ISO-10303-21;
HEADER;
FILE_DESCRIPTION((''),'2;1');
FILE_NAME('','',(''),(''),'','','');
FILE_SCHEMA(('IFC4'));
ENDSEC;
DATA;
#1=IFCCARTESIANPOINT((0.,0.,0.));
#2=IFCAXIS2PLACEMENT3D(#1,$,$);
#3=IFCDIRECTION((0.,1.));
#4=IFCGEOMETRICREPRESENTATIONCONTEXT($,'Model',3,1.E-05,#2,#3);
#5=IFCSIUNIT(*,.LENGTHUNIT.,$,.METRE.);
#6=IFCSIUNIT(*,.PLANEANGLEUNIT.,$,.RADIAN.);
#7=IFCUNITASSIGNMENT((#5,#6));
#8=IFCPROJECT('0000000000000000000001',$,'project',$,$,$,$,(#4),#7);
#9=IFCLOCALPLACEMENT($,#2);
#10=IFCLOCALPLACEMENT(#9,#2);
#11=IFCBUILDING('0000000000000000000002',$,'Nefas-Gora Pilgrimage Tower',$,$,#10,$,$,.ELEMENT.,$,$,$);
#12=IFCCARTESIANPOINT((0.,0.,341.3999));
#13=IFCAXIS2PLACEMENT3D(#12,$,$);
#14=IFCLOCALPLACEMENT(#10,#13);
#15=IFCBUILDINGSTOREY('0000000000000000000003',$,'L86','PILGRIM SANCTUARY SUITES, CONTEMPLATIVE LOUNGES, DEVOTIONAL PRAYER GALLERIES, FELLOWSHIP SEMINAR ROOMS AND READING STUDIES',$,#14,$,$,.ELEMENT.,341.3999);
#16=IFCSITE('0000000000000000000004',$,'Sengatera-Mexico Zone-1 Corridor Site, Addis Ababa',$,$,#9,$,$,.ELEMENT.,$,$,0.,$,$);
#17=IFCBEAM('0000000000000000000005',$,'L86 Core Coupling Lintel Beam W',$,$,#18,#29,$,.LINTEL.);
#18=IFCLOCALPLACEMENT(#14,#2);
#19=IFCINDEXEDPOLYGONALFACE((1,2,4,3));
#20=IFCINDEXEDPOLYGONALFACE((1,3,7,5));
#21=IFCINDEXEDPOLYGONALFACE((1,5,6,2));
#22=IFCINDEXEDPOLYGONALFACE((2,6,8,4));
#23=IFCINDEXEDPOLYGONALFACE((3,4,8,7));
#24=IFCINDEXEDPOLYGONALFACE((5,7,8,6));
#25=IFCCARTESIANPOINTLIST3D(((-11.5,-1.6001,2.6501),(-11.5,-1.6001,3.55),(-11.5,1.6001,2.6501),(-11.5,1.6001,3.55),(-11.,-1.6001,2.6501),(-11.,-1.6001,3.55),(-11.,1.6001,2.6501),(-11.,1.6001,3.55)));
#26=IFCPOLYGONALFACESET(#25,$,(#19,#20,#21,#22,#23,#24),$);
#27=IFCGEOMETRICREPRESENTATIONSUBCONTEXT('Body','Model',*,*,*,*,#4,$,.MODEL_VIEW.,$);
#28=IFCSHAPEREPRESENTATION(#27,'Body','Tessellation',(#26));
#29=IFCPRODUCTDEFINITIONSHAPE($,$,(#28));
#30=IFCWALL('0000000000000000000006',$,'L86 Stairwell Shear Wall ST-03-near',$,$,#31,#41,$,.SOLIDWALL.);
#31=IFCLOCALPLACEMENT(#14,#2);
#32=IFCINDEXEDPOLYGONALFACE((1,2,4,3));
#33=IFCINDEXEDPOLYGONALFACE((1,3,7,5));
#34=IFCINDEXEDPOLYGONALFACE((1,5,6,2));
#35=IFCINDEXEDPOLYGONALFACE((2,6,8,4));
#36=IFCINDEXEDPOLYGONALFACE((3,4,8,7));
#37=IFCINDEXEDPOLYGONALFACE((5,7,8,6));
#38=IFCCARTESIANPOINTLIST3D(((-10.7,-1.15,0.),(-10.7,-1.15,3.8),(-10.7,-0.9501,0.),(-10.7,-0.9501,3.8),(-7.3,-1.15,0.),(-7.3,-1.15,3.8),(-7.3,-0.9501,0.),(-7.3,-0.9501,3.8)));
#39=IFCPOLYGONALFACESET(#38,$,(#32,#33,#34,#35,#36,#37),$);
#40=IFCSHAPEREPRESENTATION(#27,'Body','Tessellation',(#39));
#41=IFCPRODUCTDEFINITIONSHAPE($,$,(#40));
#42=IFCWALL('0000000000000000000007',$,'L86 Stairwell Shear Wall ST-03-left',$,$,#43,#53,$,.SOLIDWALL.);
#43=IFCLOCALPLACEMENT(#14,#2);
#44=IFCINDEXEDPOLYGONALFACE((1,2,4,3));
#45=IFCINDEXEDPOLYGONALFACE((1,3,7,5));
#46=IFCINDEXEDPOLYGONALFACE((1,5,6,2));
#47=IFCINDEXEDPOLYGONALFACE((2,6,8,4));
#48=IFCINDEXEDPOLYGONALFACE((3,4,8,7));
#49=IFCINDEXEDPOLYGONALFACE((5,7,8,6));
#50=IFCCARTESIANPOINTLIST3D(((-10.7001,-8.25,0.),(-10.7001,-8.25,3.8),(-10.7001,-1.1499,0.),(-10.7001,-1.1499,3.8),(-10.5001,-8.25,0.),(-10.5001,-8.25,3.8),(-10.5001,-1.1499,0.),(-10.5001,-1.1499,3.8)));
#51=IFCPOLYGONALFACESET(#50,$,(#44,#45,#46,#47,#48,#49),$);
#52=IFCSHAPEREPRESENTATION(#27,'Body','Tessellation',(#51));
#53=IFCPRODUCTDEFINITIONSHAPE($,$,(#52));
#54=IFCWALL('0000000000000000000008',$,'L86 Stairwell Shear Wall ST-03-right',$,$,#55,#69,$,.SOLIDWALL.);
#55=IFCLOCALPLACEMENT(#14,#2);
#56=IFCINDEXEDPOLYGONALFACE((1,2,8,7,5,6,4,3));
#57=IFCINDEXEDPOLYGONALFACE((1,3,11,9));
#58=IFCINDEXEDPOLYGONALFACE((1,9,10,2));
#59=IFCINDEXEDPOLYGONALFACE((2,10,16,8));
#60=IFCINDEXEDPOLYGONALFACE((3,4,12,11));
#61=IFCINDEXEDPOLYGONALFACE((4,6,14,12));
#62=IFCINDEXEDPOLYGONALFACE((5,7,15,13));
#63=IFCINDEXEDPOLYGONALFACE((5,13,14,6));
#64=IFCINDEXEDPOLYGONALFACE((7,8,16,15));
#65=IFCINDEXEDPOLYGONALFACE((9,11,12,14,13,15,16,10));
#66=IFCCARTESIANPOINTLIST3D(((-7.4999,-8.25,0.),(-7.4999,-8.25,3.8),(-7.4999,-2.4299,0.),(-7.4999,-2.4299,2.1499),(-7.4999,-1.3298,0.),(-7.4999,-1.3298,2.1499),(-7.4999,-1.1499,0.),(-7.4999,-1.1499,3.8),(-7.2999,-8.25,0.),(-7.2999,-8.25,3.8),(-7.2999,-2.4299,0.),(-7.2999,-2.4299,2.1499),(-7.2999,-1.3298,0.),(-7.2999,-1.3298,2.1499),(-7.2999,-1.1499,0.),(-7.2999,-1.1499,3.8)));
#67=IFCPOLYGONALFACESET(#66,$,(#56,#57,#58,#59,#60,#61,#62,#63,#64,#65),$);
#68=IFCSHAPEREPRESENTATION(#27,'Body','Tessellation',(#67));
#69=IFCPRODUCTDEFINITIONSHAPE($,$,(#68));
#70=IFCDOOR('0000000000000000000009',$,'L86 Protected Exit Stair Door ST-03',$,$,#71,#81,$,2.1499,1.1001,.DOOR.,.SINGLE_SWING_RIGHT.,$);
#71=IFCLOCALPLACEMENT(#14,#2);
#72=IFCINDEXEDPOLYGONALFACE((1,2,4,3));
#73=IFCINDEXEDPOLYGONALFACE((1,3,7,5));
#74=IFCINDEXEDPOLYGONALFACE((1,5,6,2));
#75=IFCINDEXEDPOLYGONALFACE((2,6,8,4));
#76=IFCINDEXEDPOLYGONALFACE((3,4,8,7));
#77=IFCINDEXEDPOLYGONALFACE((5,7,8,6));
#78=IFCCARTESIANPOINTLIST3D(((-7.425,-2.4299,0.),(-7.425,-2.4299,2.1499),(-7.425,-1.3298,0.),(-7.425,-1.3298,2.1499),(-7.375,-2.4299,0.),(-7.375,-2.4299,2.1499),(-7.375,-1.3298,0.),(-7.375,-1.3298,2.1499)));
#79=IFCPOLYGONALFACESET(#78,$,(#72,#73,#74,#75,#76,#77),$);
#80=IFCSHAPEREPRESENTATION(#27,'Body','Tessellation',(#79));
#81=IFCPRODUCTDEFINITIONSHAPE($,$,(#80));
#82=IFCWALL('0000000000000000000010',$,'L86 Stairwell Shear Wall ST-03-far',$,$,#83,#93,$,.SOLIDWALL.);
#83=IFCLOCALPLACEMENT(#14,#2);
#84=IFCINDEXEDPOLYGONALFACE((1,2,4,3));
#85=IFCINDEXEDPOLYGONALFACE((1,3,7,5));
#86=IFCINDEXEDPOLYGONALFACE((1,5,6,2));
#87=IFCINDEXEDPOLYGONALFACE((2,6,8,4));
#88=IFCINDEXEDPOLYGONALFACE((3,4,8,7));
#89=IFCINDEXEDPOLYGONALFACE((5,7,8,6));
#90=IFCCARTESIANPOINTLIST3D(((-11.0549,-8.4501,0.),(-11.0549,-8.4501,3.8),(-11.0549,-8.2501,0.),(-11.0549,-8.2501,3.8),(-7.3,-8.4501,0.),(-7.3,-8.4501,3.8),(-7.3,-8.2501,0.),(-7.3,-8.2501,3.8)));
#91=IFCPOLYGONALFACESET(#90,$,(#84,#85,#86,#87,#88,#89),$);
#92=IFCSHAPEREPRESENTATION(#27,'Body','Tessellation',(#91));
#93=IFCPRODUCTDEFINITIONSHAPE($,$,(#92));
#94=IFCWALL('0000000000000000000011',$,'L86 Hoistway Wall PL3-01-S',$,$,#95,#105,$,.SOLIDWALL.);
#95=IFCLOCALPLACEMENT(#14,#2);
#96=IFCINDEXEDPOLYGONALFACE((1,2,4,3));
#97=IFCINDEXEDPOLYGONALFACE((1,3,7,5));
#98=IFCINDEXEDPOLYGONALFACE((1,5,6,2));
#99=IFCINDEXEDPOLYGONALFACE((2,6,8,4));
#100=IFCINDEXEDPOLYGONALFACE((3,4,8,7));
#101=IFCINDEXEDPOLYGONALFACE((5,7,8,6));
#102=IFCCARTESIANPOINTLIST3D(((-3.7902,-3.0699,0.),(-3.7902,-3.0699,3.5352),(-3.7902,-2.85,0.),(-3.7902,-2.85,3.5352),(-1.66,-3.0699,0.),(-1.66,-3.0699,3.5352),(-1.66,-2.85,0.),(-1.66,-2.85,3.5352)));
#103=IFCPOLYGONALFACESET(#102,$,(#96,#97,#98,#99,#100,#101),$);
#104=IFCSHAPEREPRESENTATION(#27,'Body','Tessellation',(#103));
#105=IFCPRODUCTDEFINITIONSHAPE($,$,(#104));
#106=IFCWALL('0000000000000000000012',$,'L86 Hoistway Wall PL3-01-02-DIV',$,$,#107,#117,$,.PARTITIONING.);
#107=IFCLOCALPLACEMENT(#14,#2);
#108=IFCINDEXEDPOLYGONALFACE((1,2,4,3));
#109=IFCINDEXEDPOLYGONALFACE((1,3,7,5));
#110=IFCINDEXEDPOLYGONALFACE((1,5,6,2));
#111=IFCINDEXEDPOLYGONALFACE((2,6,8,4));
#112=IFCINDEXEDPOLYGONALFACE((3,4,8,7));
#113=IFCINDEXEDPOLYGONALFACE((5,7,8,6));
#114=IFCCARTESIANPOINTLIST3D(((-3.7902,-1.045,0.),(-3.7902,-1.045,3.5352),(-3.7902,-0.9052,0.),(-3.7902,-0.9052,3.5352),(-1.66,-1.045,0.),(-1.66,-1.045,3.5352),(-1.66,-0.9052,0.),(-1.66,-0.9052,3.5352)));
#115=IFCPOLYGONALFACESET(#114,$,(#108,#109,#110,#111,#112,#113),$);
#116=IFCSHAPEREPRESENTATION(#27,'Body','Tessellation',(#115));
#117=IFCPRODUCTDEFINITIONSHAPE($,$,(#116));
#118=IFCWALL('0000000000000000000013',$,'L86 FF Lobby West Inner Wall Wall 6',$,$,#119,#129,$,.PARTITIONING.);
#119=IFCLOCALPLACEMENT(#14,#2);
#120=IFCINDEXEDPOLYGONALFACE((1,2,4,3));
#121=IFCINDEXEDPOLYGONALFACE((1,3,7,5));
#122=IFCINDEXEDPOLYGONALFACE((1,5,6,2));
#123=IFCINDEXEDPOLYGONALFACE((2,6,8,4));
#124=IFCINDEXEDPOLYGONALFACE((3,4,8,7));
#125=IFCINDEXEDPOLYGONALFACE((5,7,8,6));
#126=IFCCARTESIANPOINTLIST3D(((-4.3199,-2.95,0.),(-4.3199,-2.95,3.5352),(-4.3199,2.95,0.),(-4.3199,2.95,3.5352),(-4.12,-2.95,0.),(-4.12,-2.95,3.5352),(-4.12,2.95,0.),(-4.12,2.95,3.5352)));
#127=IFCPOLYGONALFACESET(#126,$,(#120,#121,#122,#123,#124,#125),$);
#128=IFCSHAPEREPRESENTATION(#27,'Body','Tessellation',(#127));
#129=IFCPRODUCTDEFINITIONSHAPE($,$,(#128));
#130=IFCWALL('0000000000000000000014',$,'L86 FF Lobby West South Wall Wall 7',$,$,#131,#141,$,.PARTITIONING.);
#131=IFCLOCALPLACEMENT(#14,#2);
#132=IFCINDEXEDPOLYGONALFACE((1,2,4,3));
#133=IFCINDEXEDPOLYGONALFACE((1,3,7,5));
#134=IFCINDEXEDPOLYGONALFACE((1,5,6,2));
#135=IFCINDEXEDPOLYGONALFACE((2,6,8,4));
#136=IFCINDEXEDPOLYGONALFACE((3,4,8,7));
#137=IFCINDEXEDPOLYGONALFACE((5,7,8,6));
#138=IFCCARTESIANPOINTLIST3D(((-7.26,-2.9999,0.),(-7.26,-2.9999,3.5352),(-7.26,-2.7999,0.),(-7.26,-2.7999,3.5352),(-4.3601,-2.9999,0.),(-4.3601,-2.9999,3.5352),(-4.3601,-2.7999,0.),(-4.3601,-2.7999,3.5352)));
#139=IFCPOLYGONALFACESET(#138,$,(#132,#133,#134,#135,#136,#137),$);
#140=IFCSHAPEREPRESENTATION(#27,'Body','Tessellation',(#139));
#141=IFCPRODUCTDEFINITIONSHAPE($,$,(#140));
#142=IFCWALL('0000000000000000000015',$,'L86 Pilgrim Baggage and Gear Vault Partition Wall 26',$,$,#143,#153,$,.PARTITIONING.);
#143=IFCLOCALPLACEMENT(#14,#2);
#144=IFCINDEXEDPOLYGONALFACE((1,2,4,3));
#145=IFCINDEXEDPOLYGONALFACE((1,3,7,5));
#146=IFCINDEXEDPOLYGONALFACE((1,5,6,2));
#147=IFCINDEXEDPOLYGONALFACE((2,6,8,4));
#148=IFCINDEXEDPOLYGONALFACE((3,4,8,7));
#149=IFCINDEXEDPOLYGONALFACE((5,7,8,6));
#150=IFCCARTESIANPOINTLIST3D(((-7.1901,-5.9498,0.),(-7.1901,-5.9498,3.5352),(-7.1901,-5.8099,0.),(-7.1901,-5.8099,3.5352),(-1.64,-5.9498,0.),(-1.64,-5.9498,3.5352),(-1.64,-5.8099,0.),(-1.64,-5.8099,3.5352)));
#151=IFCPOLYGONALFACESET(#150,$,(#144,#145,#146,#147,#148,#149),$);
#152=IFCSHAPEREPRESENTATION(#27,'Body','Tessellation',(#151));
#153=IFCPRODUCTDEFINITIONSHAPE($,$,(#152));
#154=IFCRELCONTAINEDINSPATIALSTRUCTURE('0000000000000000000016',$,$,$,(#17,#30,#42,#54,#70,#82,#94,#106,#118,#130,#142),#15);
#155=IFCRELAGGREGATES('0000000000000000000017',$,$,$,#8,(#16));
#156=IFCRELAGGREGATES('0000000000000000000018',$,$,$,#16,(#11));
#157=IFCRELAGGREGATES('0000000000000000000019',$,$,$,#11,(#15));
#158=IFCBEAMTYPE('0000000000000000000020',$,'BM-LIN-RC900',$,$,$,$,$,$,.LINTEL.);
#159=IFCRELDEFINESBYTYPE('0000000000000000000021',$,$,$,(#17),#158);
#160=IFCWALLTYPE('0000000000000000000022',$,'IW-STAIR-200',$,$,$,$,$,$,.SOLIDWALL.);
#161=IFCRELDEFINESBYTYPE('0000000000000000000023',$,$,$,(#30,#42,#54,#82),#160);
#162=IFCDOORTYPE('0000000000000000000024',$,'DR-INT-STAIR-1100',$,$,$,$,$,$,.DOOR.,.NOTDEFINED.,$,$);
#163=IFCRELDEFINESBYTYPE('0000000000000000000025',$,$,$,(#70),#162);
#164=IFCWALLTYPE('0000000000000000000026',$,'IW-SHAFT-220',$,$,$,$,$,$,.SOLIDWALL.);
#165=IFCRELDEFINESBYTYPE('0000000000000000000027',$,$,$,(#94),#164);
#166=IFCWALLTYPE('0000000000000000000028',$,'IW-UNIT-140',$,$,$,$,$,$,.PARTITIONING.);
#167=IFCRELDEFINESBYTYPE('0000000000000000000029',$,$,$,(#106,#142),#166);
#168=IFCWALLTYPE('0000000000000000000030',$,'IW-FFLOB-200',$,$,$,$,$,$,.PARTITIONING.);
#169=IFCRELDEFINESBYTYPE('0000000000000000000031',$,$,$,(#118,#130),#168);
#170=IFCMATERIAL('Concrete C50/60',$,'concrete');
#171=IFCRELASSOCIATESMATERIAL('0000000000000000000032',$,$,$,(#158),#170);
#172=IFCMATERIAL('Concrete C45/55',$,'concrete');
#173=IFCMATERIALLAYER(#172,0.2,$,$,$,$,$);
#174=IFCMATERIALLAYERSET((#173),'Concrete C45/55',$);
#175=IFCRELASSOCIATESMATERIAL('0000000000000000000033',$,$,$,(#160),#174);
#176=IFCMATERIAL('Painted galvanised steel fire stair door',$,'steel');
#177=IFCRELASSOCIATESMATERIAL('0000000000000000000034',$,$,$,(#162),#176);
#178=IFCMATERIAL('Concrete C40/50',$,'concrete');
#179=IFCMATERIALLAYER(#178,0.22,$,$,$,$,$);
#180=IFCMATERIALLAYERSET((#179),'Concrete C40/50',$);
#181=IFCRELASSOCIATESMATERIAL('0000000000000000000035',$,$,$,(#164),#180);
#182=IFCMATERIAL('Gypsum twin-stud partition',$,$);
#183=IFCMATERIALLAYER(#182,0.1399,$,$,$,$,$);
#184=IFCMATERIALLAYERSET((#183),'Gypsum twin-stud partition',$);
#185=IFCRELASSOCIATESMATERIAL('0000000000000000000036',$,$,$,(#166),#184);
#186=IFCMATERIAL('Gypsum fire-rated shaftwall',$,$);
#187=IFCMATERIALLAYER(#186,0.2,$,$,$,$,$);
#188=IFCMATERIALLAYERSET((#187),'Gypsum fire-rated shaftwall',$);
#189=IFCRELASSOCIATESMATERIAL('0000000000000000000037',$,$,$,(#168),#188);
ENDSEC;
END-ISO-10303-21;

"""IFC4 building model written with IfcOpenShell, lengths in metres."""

from ifc_helpers import new_model, si_unit, direction, frame, frame_2d, origin, origin_2d, place, context, subcontext, project, spatial, rectangle, extrude, source, transform, mapped, material, layer, layer_set, material_profile, profile_set, type_object, element, fill, save


model = new_model("IFC4")

# Units and contexts
model_context = context("Model", 3, precision=1e-05, world=origin(), true_north=direction((0.0, 1.0)))
body_context = subcontext(model_context, "Body", "Model", "MODEL_VIEW")
ifc_project = project(units=[si_unit("LENGTHUNIT", "METRE"), si_unit("PLANEANGLEUNIT", "RADIAN")], contexts=[model_context])

# Site, building, storey
site_placement = place(None, origin())
site = spatial("IfcSite", under=ifc_project, at=site_placement, Name="Sengatera-Mexico Zone-1 Corridor Site, Addis Ababa", CompositionType="ELEMENT", RefElevation=0.0)
building_placement = place(site_placement, origin())
building = spatial("IfcBuilding", under=site, at=building_placement, Name="Nefas-Gora Pilgrimage Tower", CompositionType="ELEMENT")
storey_placement = place(building_placement, frame((0.0, 0.0, 341.3999)))
storey = spatial("IfcBuildingStorey", under=building, at=storey_placement, Name="L86", Description="PILGRIM SANCTUARY SUITES, CONTEMPLATIVE LOUNGES, DEVOTIONAL PRAYER GALLERIES, FELLOWSHIP SEMINAR ROOMS AND READING STUDIES", CompositionType="ELEMENT", Elevation=341.3999)

# Beam
ifc_material_1 = material(Name="Concrete C50/60", Category="concrete")
ifc_material_profile = material_profile(ifc_material_1, rectangle(XDim=0.5, YDim=0.8999, at=origin_2d()), Name="RC 500x900")
ifc_profile_set = profile_set([ifc_material_profile], Name="Concrete C50/60")
beam_type = type_object("IfcBeamType", Name="BM-LIN-RC900", PredefinedType="LINTEL", material=ifc_profile_set)
shared_shape_1 = source(origin(), body_context, "Body", "SweptSolid", [
    extrude(rectangle(XDim=0.5, YDim=0.8999, at=origin_2d()), origin(), (0.0, 0.0, 1.0), 3.2002),
])
beam_placement = place(storey_placement, frame((-11.25, -1.6001, 3.1001), z_axis=(0.0, 1.0, 0.0), x_axis=(-1.0, 0.0, 0.0)))
element("IfcBeam", 1, at=beam_placement, inside=storey, type_object=beam_type, Name="L86 Core Coupling Lintel Beam W", PredefinedType="LINTEL", context=body_context, shape_type="MappedRepresentation", body=[
    mapped(shared_shape_1, transform((0.0, 0.0, 0.0), x_axis=(1.0, 0.0, 0.0), y_axis=(0.0, 1.0, 0.0), z_axis=(0.0, 0.0, 1.0), scale=1.0)),
])

# Walls
ifc_material_2 = material(Name="Concrete C45/55", Category="concrete")
ifc_layer_1 = layer(ifc_material_2, 0.2)
ifc_layer_set_1 = layer_set([ifc_layer_1], Name="Concrete C45/55")
wall_type_1 = type_object("IfcWallType", Name="IW-STAIR-200", PredefinedType="SOLIDWALL", material=ifc_layer_set_1)
shared_shape_2 = source(origin(), body_context, "Body", "SweptSolid", [
    extrude(rectangle(XDim=3.3999, YDim=0.2, at=frame_2d((1.7, 0.0))), origin(), (0.0, 0.0, 1.0), 3.8),
])
wall_1_placement = place(storey_placement, frame((-10.7, -1.05, 0.0), z_axis=(0.0, 0.0, 1.0), x_axis=(1.0, 0.0, 0.0)))
element("IfcWall", 2, at=wall_1_placement, inside=storey, type_object=wall_type_1, Name="L86 Stairwell Shear Wall ST-03-near", PredefinedType="SOLIDWALL", context=body_context, shape_type="MappedRepresentation", body=[
    mapped(shared_shape_2, transform((0.0, 0.0, 0.0), x_axis=(1.0, 0.0, 0.0), y_axis=(0.0, 1.0, 0.0), z_axis=(0.0, 0.0, 1.0), scale=1.0)),
])
shared_shape_3 = source(origin(), body_context, "Body", "SweptSolid", [
    extrude(rectangle(XDim=7.1001, YDim=0.2, at=frame_2d((3.55, 0.0))), origin(), (0.0, 0.0, 1.0), 3.8),
])
wall_2_placement = place(storey_placement, frame((-10.6001, -1.1499, 0.0), z_axis=(0.0, 0.0, 1.0), x_axis=(0.0, -1.0, 0.0)))
element("IfcWall", 3, at=wall_2_placement, inside=storey, type_object=wall_type_1, Name="L86 Stairwell Shear Wall ST-03-left", PredefinedType="SOLIDWALL", context=body_context, shape_type="MappedRepresentation", body=[
    mapped(shared_shape_3, transform((0.0, 0.0, 0.0), x_axis=(1.0, 0.0, 0.0), y_axis=(0.0, 1.0, 0.0), z_axis=(0.0, 0.0, 1.0), scale=1.0)),
])

# Wall, opening, door
wall_3_placement = place(storey_placement, frame((-7.3999, -1.1499, 0.0), z_axis=(0.0, 0.0, 1.0), x_axis=(0.0, -1.0, 0.0)))
wall_3 = element("IfcWall", 4, at=wall_3_placement, inside=storey, type_object=wall_type_1, Name="L86 Stairwell Shear Wall ST-03-right", PredefinedType="SOLIDWALL", context=body_context, shape_type="MappedRepresentation", body=[
    mapped(shared_shape_3, transform((0.0, 0.0, 0.0), x_axis=(1.0, 0.0, 0.0), y_axis=(0.0, 1.0, 0.0), z_axis=(0.0, 0.0, 1.0), scale=1.0)),
])
opening_placement = place(wall_3_placement, frame((0.1799, 0.0, 0.0)))
opening = element("IfcOpeningElement", 5, at=opening_placement, cuts=wall_3, PredefinedType="OPENING", context=body_context, shape_type="SweptSolid", body=[
    extrude(rectangle(XDim=1.1001, YDim=2.1499, at=frame_2d((0.55, 1.075))), frame((0.0, 0.1099, 0.0), z_axis=(0.0, -1.0, 0.0), x_axis=(1.0, 0.0, 0.0)), (0.0, 0.0, 1.0), 0.22),
])
ifc_material_3 = material(Name="Painted galvanised steel fire stair door", Category="steel")
door_type = type_object("IfcDoorType", Name="DR-INT-STAIR-1100", OperationType="NOTDEFINED", PredefinedType="DOOR", material=ifc_material_3)
shared_shape_4 = source(origin(), body_context, "Body", "SweptSolid", [
    extrude(rectangle(XDim=1.1001, YDim=2.1499, at=frame_2d((0.55, 1.075))), frame((0.0, 0.0249, 0.0), z_axis=(0.0, -1.0, 0.0), x_axis=(1.0, 0.0, 0.0)), (0.0, 0.0, 1.0), 0.05),
])
door_placement = place(opening_placement, origin())
door = element("IfcDoor", 6, at=door_placement, inside=storey, type_object=door_type, Name="L86 Protected Exit Stair Door ST-03", OperationType="SINGLE_SWING_RIGHT", OverallHeight=2.1499, OverallWidth=1.1001, PredefinedType="DOOR", context=body_context, shape_type="MappedRepresentation", body=[
    mapped(shared_shape_4, transform((0.0, 0.0, 0.0), x_axis=(1.0, 0.0, 0.0), y_axis=(0.0, 1.0, 0.0), z_axis=(0.0, 0.0, 1.0), scale=1.0)),
])
fill(opening, door)

# Walls
shared_shape_5 = source(origin(), body_context, "Body", "SweptSolid", [
    extrude(rectangle(XDim=3.7549, YDim=0.2, at=frame_2d((1.8774, 0.0))), origin(), (0.0, 0.0, 1.0), 3.8),
])
wall_4_placement = place(storey_placement, frame((-11.0549, -8.3501, 0.0), z_axis=(0.0, 0.0, 1.0), x_axis=(1.0, 0.0, 0.0)))
element("IfcWall", 7, at=wall_4_placement, inside=storey, type_object=wall_type_1, Name="L86 Stairwell Shear Wall ST-03-far", PredefinedType="SOLIDWALL", context=body_context, shape_type="MappedRepresentation", body=[
    mapped(shared_shape_5, transform((0.0, 0.0, 0.0), x_axis=(1.0, 0.0, 0.0), y_axis=(0.0, 1.0, 0.0), z_axis=(0.0, 0.0, 1.0), scale=1.0)),
])
ifc_material_4 = material(Name="Concrete C40/50", Category="concrete")
ifc_layer_2 = layer(ifc_material_4, 0.22)
ifc_layer_set_2 = layer_set([ifc_layer_2], Name="Concrete C40/50")
wall_type_2 = type_object("IfcWallType", Name="IW-SHAFT-220", PredefinedType="SOLIDWALL", material=ifc_layer_set_2)
shared_shape_6 = source(origin(), body_context, "Body", "SweptSolid", [
    extrude(rectangle(XDim=2.1301, YDim=0.22, at=frame_2d((1.0649, 0.0))), origin(), (0.0, 0.0, 1.0), 3.5352),
])
wall_5_placement = place(storey_placement, frame((-3.79, -2.96, 0.0), z_axis=(0.0, 0.0, 1.0), x_axis=(1.0, 0.0, 0.0)))
element("IfcWall", 8, at=wall_5_placement, inside=storey, type_object=wall_type_2, Name="L86 Hoistway Wall PL3-01-S", PredefinedType="SOLIDWALL", context=body_context, shape_type="MappedRepresentation", body=[
    mapped(shared_shape_6, transform((0.0, 0.0, 0.0), x_axis=(1.0, 0.0, 0.0), y_axis=(0.0, 1.0, 0.0), z_axis=(0.0, 0.0, 1.0), scale=1.0)),
])
ifc_material_5 = material(Name="Gypsum twin-stud partition")
ifc_layer_3 = layer(ifc_material_5, 0.1399)
ifc_layer_set_3 = layer_set([ifc_layer_3], Name="Gypsum twin-stud partition")
wall_type_3 = type_object("IfcWallType", Name="IW-UNIT-140", PredefinedType="PARTITIONING", material=ifc_layer_set_3)
shared_shape_7 = source(origin(), body_context, "Body", "SweptSolid", [
    extrude(rectangle(XDim=2.1301, YDim=0.1399, at=frame_2d((1.0649, 0.0))), origin(), (0.0, 0.0, 1.0), 3.5352),
])
wall_6_placement = place(storey_placement, frame((-3.79, -0.9751, 0.0), z_axis=(0.0, 0.0, 1.0), x_axis=(1.0, 0.0, 0.0)))
element("IfcWall", 9, at=wall_6_placement, inside=storey, type_object=wall_type_3, Name="L86 Hoistway Wall PL3-01-02-DIV", PredefinedType="PARTITIONING", context=body_context, shape_type="MappedRepresentation", body=[
    mapped(shared_shape_7, transform((0.0, 0.0, 0.0), x_axis=(1.0, 0.0, 0.0), y_axis=(0.0, 1.0, 0.0), z_axis=(0.0, 0.0, 1.0), scale=1.0)),
])
ifc_material_6 = material(Name="Gypsum fire-rated shaftwall")
ifc_layer_4 = layer(ifc_material_6, 0.2)
ifc_layer_set_4 = layer_set([ifc_layer_4], Name="Gypsum fire-rated shaftwall")
wall_type_4 = type_object("IfcWallType", Name="IW-FFLOB-200", PredefinedType="PARTITIONING", material=ifc_layer_set_4)
shared_shape_8 = source(origin(), body_context, "Body", "SweptSolid", [
    extrude(rectangle(XDim=5.8999, YDim=0.2, at=frame_2d((2.95, 0.0))), origin(), (0.0, 0.0, 1.0), 3.5352),
])
wall_7_placement = place(storey_placement, frame((-4.22, -2.95, 0.0), z_axis=(0.0, 0.0, 1.0), x_axis=(0.0, 1.0, 0.0)))
element("IfcWall", 10, at=wall_7_placement, inside=storey, type_object=wall_type_4, Name="L86 FF Lobby West Inner Wall Wall 6", PredefinedType="PARTITIONING", context=body_context, shape_type="MappedRepresentation", body=[
    mapped(shared_shape_8, transform((0.0, 0.0, 0.0), x_axis=(1.0, 0.0, 0.0), y_axis=(0.0, 1.0, 0.0), z_axis=(0.0, 0.0, 1.0), scale=1.0)),
])
shared_shape_9 = source(origin(), body_context, "Body", "SweptSolid", [
    extrude(rectangle(XDim=2.8999, YDim=0.2, at=frame_2d((1.45, 0.0))), origin(), (0.0, 0.0, 1.0), 3.5352),
])
wall_8_placement = place(storey_placement, frame((-7.26, -2.8999, 0.0), z_axis=(0.0, 0.0, 1.0), x_axis=(1.0, 0.0, 0.0)))
element("IfcWall", 11, at=wall_8_placement, inside=storey, type_object=wall_type_4, Name="L86 FF Lobby West South Wall Wall 7", PredefinedType="PARTITIONING", context=body_context, shape_type="MappedRepresentation", body=[
    mapped(shared_shape_9, transform((0.0, 0.0, 0.0), x_axis=(1.0, 0.0, 0.0), y_axis=(0.0, 1.0, 0.0), z_axis=(0.0, 0.0, 1.0), scale=1.0)),
])
shared_shape_10 = source(origin(), body_context, "Body", "SweptSolid", [
    extrude(rectangle(XDim=5.55, YDim=0.1399, at=frame_2d((2.7749, 0.0))), origin(), (0.0, 0.0, 1.0), 3.5352),
])
wall_9_placement = place(storey_placement, frame((-7.1899, -5.8799, 0.0), z_axis=(0.0, 0.0, 1.0), x_axis=(1.0, 0.0, 0.0)))
element("IfcWall", 12, at=wall_9_placement, inside=storey, type_object=wall_type_3, Name="L86 Pilgrim Baggage and Gear Vault Partition Wall 26", PredefinedType="PARTITIONING", context=body_context, shape_type="MappedRepresentation", body=[
    mapped(shared_shape_10, transform((0.0, 0.0, 0.0), x_axis=(1.0, 0.0, 0.0), y_axis=(0.0, 1.0, 0.0), z_axis=(0.0, 0.0, 1.0), scale=1.0)),
])

save(model, "model.ifc")
